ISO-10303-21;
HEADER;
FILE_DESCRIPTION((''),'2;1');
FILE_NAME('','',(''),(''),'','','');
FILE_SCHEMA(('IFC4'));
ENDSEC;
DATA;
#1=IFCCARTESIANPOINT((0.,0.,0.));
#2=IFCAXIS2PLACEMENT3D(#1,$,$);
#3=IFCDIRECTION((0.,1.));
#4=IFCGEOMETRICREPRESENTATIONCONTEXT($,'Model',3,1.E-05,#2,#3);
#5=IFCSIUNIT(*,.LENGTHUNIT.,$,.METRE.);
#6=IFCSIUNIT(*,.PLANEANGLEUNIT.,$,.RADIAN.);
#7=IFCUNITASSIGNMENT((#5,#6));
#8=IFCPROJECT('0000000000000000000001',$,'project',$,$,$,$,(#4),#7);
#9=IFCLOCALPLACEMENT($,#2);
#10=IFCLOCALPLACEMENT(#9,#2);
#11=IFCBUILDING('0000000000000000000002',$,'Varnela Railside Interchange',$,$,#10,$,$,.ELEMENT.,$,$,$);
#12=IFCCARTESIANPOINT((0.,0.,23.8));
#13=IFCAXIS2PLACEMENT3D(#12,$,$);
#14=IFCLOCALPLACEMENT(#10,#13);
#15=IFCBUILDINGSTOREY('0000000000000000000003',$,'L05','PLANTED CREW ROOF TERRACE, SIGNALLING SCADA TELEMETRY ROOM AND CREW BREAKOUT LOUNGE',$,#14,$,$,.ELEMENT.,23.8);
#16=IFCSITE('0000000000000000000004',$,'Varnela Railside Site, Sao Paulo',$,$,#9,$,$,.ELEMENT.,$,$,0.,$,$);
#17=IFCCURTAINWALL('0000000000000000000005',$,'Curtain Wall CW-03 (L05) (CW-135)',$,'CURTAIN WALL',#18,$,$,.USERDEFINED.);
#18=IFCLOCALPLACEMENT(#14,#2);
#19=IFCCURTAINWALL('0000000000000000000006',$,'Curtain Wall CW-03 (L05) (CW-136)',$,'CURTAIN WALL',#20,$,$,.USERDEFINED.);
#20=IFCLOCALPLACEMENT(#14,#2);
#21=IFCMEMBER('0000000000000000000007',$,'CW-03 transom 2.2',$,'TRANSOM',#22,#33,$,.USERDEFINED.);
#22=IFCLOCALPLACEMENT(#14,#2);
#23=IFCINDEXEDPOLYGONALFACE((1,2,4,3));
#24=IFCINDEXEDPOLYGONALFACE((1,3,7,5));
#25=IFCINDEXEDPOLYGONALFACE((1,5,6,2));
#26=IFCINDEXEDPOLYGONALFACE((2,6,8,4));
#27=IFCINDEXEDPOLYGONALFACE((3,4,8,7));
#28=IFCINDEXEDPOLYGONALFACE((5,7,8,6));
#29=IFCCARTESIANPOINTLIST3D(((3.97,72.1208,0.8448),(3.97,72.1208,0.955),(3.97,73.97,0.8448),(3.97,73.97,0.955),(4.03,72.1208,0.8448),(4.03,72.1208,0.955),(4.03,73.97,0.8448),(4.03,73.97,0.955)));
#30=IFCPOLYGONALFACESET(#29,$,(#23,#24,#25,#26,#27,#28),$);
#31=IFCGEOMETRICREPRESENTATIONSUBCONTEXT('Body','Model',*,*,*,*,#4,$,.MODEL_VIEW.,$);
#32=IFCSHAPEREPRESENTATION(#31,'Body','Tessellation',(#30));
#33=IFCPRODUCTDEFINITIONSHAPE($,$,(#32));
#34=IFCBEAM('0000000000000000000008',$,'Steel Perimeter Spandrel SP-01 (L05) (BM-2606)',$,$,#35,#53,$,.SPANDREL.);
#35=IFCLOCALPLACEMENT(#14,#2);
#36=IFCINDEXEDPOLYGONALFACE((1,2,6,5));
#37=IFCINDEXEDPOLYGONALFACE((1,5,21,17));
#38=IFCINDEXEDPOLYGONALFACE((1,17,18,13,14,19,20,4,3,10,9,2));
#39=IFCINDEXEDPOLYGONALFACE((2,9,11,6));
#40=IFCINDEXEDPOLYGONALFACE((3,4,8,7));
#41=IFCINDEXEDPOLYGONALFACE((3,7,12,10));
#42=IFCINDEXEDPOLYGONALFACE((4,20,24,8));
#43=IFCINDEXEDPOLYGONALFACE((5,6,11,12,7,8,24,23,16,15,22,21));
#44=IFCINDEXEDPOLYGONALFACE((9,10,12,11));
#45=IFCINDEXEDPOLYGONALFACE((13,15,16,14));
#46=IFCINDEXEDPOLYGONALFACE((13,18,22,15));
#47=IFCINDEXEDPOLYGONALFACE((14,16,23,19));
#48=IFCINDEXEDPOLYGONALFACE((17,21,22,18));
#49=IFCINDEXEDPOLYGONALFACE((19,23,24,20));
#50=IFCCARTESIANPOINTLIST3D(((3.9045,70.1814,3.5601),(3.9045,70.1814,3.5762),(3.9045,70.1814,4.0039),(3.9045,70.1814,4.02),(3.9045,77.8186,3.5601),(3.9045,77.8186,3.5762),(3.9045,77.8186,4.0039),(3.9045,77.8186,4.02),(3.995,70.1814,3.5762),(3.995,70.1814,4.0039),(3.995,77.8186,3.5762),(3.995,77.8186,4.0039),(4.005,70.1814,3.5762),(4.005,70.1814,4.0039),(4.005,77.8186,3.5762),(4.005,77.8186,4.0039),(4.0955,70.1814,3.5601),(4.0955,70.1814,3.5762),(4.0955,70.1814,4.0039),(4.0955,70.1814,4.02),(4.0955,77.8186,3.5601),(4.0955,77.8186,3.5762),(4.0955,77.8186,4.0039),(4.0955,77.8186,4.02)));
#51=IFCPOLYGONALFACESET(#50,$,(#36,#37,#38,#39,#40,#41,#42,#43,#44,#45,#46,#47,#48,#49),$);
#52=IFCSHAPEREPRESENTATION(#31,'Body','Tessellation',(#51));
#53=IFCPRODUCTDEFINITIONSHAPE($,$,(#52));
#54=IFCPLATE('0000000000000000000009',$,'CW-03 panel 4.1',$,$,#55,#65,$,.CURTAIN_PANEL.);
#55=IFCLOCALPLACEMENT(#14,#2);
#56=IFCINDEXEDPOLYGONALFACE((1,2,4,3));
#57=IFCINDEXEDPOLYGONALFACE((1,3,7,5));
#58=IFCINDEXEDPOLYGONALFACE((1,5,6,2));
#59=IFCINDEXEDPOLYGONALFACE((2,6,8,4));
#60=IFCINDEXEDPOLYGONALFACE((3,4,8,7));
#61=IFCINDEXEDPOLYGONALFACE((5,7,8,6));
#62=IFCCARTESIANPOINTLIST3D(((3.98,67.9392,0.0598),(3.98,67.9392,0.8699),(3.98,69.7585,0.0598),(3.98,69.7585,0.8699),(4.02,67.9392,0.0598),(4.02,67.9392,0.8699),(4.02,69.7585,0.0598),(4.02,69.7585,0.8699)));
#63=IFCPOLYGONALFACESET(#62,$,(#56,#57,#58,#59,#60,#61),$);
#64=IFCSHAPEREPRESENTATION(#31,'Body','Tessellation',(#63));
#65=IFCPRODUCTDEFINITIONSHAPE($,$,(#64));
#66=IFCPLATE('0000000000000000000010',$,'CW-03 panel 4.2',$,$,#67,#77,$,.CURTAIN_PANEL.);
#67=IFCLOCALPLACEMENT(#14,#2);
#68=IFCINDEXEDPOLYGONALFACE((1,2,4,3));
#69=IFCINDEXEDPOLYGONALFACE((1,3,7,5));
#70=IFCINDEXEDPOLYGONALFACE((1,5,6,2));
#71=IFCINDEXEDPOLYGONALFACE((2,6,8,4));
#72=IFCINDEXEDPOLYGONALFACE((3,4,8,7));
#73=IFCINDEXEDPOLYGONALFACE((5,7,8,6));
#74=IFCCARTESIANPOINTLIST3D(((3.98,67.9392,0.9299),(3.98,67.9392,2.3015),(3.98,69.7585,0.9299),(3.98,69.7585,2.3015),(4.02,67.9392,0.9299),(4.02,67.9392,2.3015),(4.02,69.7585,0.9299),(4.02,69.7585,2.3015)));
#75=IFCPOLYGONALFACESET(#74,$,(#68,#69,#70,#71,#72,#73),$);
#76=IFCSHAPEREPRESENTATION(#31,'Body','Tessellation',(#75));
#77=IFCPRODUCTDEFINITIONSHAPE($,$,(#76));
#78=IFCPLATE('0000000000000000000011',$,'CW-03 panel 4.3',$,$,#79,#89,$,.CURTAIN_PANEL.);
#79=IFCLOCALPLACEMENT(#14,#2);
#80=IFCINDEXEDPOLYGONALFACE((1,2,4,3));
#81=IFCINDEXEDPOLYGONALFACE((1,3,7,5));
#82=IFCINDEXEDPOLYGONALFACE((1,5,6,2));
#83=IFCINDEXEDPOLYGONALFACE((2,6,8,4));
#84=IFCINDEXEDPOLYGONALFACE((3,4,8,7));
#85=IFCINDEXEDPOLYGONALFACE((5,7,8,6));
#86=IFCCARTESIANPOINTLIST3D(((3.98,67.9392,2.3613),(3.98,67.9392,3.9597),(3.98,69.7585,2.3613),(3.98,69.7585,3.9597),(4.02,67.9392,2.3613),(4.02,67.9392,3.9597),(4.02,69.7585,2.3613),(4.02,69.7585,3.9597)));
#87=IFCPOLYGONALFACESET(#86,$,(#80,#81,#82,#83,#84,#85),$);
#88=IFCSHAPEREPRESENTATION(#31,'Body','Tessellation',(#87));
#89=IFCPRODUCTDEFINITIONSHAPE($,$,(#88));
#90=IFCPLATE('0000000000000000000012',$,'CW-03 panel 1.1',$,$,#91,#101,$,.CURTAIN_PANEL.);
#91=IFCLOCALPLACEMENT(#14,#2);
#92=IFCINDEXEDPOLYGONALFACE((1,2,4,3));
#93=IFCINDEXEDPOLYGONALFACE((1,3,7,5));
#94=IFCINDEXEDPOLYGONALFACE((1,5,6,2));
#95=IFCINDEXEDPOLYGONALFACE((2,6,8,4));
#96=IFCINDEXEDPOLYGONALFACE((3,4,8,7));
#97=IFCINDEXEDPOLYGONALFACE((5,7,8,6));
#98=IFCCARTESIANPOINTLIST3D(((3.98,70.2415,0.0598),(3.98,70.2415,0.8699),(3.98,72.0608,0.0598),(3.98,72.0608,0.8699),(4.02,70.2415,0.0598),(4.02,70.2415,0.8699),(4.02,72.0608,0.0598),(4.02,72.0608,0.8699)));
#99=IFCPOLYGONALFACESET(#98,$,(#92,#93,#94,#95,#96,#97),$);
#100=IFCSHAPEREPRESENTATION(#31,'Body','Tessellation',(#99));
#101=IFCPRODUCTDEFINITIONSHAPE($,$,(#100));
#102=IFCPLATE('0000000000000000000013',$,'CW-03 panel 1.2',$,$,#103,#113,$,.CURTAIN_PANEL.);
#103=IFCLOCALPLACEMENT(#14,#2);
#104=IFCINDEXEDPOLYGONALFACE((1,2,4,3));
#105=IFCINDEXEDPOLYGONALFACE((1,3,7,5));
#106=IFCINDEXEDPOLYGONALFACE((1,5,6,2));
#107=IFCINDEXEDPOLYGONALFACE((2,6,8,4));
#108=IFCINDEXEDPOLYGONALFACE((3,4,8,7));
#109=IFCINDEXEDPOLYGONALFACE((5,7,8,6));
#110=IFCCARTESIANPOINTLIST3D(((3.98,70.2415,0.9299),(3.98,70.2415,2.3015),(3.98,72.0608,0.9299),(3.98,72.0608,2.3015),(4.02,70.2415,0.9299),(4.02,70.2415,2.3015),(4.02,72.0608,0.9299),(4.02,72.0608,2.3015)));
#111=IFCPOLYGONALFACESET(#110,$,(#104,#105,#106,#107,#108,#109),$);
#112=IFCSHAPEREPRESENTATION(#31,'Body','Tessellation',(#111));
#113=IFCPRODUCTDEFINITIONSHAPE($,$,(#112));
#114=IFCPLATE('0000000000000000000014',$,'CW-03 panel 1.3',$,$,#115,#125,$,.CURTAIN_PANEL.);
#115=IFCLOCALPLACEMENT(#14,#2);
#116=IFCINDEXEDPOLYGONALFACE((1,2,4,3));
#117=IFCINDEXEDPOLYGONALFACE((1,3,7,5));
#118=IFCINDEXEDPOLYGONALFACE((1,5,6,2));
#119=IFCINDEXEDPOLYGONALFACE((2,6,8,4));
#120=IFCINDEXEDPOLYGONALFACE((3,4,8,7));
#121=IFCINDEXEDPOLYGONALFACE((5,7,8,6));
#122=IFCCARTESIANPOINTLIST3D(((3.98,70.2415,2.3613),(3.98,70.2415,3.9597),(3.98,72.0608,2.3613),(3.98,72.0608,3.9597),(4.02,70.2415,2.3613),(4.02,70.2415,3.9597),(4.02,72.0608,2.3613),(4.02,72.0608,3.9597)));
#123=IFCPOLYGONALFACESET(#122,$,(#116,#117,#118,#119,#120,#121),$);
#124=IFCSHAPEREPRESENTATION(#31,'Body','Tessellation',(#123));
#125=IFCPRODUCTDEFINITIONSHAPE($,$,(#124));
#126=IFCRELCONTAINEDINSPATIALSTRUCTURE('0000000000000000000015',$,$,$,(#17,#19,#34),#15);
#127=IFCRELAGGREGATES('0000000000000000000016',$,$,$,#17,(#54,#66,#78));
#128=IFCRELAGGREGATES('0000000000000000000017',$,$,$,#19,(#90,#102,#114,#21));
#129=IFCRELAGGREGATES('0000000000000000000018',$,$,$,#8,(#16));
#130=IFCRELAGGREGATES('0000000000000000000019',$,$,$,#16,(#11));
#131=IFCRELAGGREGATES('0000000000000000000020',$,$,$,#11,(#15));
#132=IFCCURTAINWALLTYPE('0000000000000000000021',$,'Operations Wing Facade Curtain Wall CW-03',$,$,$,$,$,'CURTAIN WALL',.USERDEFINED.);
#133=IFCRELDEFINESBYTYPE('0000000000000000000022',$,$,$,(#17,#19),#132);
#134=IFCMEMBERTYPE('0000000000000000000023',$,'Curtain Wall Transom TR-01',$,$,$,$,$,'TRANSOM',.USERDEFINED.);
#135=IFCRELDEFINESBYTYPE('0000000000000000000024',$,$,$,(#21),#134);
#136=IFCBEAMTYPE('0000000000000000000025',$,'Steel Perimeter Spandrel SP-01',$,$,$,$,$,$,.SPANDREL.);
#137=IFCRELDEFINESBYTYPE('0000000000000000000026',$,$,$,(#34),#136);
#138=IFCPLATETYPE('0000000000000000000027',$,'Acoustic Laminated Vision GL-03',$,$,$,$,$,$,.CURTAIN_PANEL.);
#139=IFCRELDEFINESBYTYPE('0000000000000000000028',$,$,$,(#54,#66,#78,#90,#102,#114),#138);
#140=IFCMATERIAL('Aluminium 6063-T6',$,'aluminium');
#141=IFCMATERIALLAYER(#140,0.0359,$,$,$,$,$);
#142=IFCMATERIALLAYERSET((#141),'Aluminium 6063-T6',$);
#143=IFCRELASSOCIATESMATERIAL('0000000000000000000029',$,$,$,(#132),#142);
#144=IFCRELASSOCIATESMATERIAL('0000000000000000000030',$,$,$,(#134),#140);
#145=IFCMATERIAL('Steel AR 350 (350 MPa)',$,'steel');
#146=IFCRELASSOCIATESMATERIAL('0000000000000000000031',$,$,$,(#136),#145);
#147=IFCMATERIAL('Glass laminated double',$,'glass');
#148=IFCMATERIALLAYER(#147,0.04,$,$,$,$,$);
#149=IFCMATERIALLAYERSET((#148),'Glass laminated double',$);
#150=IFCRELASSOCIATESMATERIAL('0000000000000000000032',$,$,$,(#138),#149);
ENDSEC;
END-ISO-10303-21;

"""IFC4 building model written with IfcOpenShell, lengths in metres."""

from ifc_helpers import new_model, si_unit, direction, frame, origin, origin_2d, place, context, subcontext, project, spatial, rectangle, i_section, extrude, material, layer, layer_set, material_profile, profile_set, type_object, element, aggregate, save


model = new_model("IFC4")

# Units and contexts
model_context = context("Model", 3, precision=1e-05, world=origin(), true_north=direction((0.0, 1.0)))
body_context = subcontext(model_context, "Body", "Model", "MODEL_VIEW")
ifc_project = project(units=[si_unit("LENGTHUNIT", "METRE"), si_unit("PLANEANGLEUNIT", "RADIAN")], contexts=[model_context])

# Site, building, storey
site_placement = place(None, origin())
site = spatial("IfcSite", under=ifc_project, at=site_placement, Name="Varnela Railside Site, Sao Paulo", CompositionType="ELEMENT", RefElevation=0.0)
building_placement = place(site_placement, origin())
building = spatial("IfcBuilding", under=site, at=building_placement, Name="Varnela Railside Interchange", CompositionType="ELEMENT")
storey_placement = place(building_placement, frame((0.0, 0.0, 23.8)))
storey = spatial("IfcBuildingStorey", under=building, at=storey_placement, Name="L05", Description="PLANTED CREW ROOF TERRACE, SIGNALLING SCADA TELEMETRY ROOM AND CREW BREAKOUT LOUNGE", CompositionType="ELEMENT", Elevation=23.8)

# Shared definitions
ifc_material_1 = material(Name="Steel AR 350 (350 MPa)", Category="steel")

# Curtain walls
ifc_material_2 = material(Name="Aluminium 6063-T6", Category="aluminium")
ifc_layer_1 = layer(ifc_material_2, 0.0359)
ifc_layer_set_1 = layer_set([ifc_layer_1], Name="Aluminium 6063-T6")
curtain_wall_type = type_object("IfcCurtainWallType", Name="Operations Wing Facade Curtain Wall CW-03", ElementType="CURTAIN WALL", PredefinedType="USERDEFINED", material=ifc_layer_set_1)
curtain_wall_1_placement = place(storey_placement, origin())
curtain_wall_1 = element("IfcCurtainWall", 1, at=curtain_wall_1_placement, inside=storey, type_object=curtain_wall_type, Name="Curtain Wall CW-03 (L05) (CW-135)", ObjectType="CURTAIN WALL", PredefinedType="USERDEFINED")
curtain_wall_2_placement = place(storey_placement, origin())
curtain_wall_2 = element("IfcCurtainWall", 2, at=curtain_wall_2_placement, inside=storey, type_object=curtain_wall_type, Name="Curtain Wall CW-03 (L05) (CW-136)", ObjectType="CURTAIN WALL", PredefinedType="USERDEFINED")

# Member
ifc_material_profile_1 = material_profile(ifc_material_2, rectangle(XDim=0.0601, YDim=0.1101, at=origin_2d()), Name="ALU 60x110")
ifc_profile_set_1 = profile_set([ifc_material_profile_1], Name="Aluminium 6063-T6")
member_type_1 = type_object("IfcMemberType", Name="Curtain Wall Transom TR-01", ElementType="TRANSOM", PredefinedType="USERDEFINED", material=ifc_profile_set_1)
member_1_placement = place(storey_placement, frame((4.0, 72.1208, 0.8999), z_axis=(0.0, 1.0, 0.0), x_axis=(-1.0, 0.0, 0.0)))
member_1 = element("IfcMember", 3, at=member_1_placement, type_object=member_type_1, Name="CW-03 transom 2.2", ObjectType="TRANSOM", PredefinedType="USERDEFINED", context=body_context, shape_type="SweptSolid", body=[
    extrude(rectangle(XDim=0.0601, YDim=0.1101, at=origin_2d()), origin(), (0.0, 0.0, 1.0), 1.8491),
])

# Beam
ifc_material_profile_2 = material_profile(ifc_material_1, i_section(OverallWidth=0.1909, OverallDepth=0.46, WebThickness=0.01, FlangeThickness=0.0161, at=origin_2d()), Name="W460x82")
ifc_profile_set_2 = profile_set([ifc_material_profile_2], Name="Steel AR 350 (350 MPa)")
beam_type = type_object("IfcBeamType", Name="Steel Perimeter Spandrel SP-01", PredefinedType="SPANDREL", material=ifc_profile_set_2)
beam_placement = place(storey_placement, frame((4.0, 70.1814, 3.79), z_axis=(0.0, 1.0, 0.0), x_axis=(-1.0, 0.0, 0.0)))
element("IfcBeam", 4, at=beam_placement, inside=storey, type_object=beam_type, Name="Steel Perimeter Spandrel SP-01 (L05) (BM-2606)", PredefinedType="SPANDREL", context=body_context, shape_type="SweptSolid", body=[
    extrude(i_section(OverallWidth=0.1909, OverallDepth=0.46, WebThickness=0.01, FlangeThickness=0.0161, at=origin_2d()), origin(), (0.0, 0.0, 1.0), 7.6372),
])

# Plates
ifc_material_3 = material(Name="Glass laminated double", Category="glass")
ifc_layer_2 = layer(ifc_material_3, 0.04)
ifc_layer_set_2 = layer_set([ifc_layer_2], Name="Glass laminated double")
plate_type = type_object("IfcPlateType", Name="Acoustic Laminated Vision GL-03", PredefinedType="CURTAIN_PANEL", material=ifc_layer_set_2)
plate_1_placement = place(storey_placement, frame((4.0, 68.8489, 0.0598), z_axis=(0.0, 0.0, 1.0), x_axis=(0.0, 1.0, 0.0)))
plate_1 = element("IfcPlate", 5, at=plate_1_placement, type_object=plate_type, Name="CW-03 panel 4.1", PredefinedType="CURTAIN_PANEL", context=body_context, shape_type="SweptSolid", body=[
    extrude(rectangle(XDim=1.8193, YDim=0.04, at=origin_2d()), origin(), (0.0, 0.0, 1.0), 0.8101),
])
plate_2_placement = place(storey_placement, frame((4.0, 68.8489, 0.9299), z_axis=(0.0, 0.0, 1.0), x_axis=(0.0, 1.0, 0.0)))
plate_2 = element("IfcPlate", 6, at=plate_2_placement, type_object=plate_type, Name="CW-03 panel 4.2", PredefinedType="CURTAIN_PANEL", context=body_context, shape_type="SweptSolid", body=[
    extrude(rectangle(XDim=1.8193, YDim=0.04, at=origin_2d()), origin(), (0.0, 0.0, 1.0), 1.3716),
])
plate_3_placement = place(storey_placement, frame((4.0, 68.8489, 2.3613), z_axis=(0.0, 0.0, 1.0), x_axis=(0.0, 1.0, 0.0)))
plate_3 = element("IfcPlate", 7, at=plate_3_placement, type_object=plate_type, Name="CW-03 panel 4.3", PredefinedType="CURTAIN_PANEL", context=body_context, shape_type="SweptSolid", body=[
    extrude(rectangle(XDim=1.8193, YDim=0.04, at=origin_2d()), origin(), (0.0, 0.0, 1.0), 1.5984),
])
aggregate(curtain_wall_1, [plate_1, plate_2, plate_3])
plate_4_placement = place(storey_placement, frame((4.0, 71.1511, 0.0598), z_axis=(0.0, 0.0, 1.0), x_axis=(0.0, 1.0, 0.0)))
plate_4 = element("IfcPlate", 8, at=plate_4_placement, type_object=plate_type, Name="CW-03 panel 1.1", PredefinedType="CURTAIN_PANEL", context=body_context, shape_type="SweptSolid", body=[
    extrude(rectangle(XDim=1.8193, YDim=0.04, at=origin_2d()), origin(), (0.0, 0.0, 1.0), 0.8101),
])
plate_5_placement = place(storey_placement, frame((4.0, 71.1511, 0.9299), z_axis=(0.0, 0.0, 1.0), x_axis=(0.0, 1.0, 0.0)))
plate_5 = element("IfcPlate", 9, at=plate_5_placement, type_object=plate_type, Name="CW-03 panel 1.2", PredefinedType="CURTAIN_PANEL", context=body_context, shape_type="SweptSolid", body=[
    extrude(rectangle(XDim=1.8193, YDim=0.04, at=origin_2d()), origin(), (0.0, 0.0, 1.0), 1.3716),
])
plate_6_placement = place(storey_placement, frame((4.0, 71.1511, 2.3613), z_axis=(0.0, 0.0, 1.0), x_axis=(0.0, 1.0, 0.0)))
plate_6 = element("IfcPlate", 10, at=plate_6_placement, type_object=plate_type, Name="CW-03 panel 1.3", PredefinedType="CURTAIN_PANEL", context=body_context, shape_type="SweptSolid", body=[
    extrude(rectangle(XDim=1.8193, YDim=0.04, at=origin_2d()), origin(), (0.0, 0.0, 1.0), 1.5984),
])
aggregate(curtain_wall_2, [plate_4, plate_5, plate_6, member_1])

save(model, "model.ifc")
